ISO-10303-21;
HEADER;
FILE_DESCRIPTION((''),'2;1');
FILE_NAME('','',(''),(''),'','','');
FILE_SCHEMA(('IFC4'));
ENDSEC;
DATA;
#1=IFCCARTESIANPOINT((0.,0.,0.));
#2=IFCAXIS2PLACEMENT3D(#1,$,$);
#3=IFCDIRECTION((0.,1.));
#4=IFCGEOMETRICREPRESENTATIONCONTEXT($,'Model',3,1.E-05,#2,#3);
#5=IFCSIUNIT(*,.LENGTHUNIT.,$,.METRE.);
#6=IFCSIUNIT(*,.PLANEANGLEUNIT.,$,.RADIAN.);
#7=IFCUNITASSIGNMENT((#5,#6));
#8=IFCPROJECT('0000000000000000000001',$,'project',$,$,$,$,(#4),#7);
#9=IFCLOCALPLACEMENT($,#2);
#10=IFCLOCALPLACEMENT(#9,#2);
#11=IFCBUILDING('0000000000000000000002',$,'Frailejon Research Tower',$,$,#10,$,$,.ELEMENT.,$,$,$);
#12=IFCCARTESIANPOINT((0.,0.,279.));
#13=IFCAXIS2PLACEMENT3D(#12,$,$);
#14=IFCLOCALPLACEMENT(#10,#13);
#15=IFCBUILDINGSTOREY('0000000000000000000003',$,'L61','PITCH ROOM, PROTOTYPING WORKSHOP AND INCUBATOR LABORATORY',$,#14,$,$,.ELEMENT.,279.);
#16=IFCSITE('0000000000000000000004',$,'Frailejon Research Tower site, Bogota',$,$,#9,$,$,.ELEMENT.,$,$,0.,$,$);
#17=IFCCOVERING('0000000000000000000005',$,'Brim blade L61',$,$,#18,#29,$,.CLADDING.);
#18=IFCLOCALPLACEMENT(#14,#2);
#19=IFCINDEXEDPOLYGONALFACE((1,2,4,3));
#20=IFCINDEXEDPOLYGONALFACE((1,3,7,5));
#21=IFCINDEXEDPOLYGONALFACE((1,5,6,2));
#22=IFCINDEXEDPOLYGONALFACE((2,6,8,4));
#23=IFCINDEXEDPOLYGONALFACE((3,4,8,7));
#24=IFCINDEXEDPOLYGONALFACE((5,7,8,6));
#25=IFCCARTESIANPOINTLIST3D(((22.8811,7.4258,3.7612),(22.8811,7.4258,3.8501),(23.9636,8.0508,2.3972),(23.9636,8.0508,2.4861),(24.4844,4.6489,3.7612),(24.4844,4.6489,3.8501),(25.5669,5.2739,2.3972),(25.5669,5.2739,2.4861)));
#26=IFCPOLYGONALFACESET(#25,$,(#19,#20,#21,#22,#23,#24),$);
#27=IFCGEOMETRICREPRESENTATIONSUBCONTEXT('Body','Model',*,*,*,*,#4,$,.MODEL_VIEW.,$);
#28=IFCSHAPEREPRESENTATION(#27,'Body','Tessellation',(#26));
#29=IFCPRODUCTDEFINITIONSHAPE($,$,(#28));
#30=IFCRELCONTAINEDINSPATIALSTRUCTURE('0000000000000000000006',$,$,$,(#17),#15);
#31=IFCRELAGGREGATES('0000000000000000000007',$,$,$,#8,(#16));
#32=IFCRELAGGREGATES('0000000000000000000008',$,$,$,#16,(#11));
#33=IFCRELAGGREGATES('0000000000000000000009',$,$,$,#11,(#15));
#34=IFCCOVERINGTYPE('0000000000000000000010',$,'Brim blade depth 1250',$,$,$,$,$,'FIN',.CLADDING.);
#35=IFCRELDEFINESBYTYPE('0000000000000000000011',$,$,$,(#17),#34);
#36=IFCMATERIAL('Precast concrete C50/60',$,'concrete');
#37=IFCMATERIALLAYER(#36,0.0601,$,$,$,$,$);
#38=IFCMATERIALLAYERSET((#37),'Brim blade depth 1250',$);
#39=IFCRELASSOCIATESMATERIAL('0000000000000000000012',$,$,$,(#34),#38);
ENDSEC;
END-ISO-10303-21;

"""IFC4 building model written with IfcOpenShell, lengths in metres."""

from ifc_helpers import new_model, si_unit, direction, frame, origin, place, context, subcontext, project, spatial, polyline, outline, extrude, material, layer, layer_set, type_object, element, save


model = new_model("IFC4")

# Units and contexts
model_context = context("Model", 3, precision=1e-05, world=origin(), true_north=direction((0.0, 1.0)))
body_context = subcontext(model_context, "Body", "Model", "MODEL_VIEW")
ifc_project = project(units=[si_unit("LENGTHUNIT", "METRE"), si_unit("PLANEANGLEUNIT", "RADIAN")], contexts=[model_context])

# Site, building, storey
site_placement = place(None, origin())
site = spatial("IfcSite", under=ifc_project, at=site_placement, Name="Frailejon Research Tower site, Bogota", CompositionType="ELEMENT", RefElevation=0.0)
building_placement = place(site_placement, origin())
building = spatial("IfcBuilding", under=site, at=building_placement, Name="Frailejon Research Tower", CompositionType="ELEMENT")
storey_placement = place(building_placement, frame((0.0, 0.0, 279.0)))
storey = spatial("IfcBuildingStorey", under=building, at=storey_placement, Name="L61", Description="PITCH ROOM, PROTOTYPING WORKSHOP AND INCUBATOR LABORATORY", CompositionType="ELEMENT", Elevation=279.0)

# Covering
ifc_material_1 = material(Name="Precast concrete C50/60", Category="concrete")
ifc_layer_1 = layer(ifc_material_1, 0.0601)
ifc_layer_set_1 = layer_set([ifc_layer_1], Name="Brim blade depth 1250")
covering_type = type_object("IfcCoveringType", Name="Brim blade depth 1250", ElementType="FIN", PredefinedType="CLADDING", material=ifc_layer_set_1)
covering_1_placement = place(storey_placement, frame((22.8811, 7.4258, 3.8501), z_axis=(0.500013, -0.866018, 0.0), x_axis=(0.866018, 0.500013, 0.0)))
element("IfcCovering", 1, at=covering_1_placement, inside=storey, type_object=covering_type, Name="Brim blade L61", PredefinedType="CLADDING", context=body_context, shape_type="SweptSolid", body=[
    extrude(outline(polyline([(0.0, -0.0889), (1.25, -1.4529), (1.25, -1.364), (0.0, 0.0), (0.0, -0.0889)])), origin(), (0.0, 0.0, 1.0), 3.2065),
])

save(model, "model.ifc")
